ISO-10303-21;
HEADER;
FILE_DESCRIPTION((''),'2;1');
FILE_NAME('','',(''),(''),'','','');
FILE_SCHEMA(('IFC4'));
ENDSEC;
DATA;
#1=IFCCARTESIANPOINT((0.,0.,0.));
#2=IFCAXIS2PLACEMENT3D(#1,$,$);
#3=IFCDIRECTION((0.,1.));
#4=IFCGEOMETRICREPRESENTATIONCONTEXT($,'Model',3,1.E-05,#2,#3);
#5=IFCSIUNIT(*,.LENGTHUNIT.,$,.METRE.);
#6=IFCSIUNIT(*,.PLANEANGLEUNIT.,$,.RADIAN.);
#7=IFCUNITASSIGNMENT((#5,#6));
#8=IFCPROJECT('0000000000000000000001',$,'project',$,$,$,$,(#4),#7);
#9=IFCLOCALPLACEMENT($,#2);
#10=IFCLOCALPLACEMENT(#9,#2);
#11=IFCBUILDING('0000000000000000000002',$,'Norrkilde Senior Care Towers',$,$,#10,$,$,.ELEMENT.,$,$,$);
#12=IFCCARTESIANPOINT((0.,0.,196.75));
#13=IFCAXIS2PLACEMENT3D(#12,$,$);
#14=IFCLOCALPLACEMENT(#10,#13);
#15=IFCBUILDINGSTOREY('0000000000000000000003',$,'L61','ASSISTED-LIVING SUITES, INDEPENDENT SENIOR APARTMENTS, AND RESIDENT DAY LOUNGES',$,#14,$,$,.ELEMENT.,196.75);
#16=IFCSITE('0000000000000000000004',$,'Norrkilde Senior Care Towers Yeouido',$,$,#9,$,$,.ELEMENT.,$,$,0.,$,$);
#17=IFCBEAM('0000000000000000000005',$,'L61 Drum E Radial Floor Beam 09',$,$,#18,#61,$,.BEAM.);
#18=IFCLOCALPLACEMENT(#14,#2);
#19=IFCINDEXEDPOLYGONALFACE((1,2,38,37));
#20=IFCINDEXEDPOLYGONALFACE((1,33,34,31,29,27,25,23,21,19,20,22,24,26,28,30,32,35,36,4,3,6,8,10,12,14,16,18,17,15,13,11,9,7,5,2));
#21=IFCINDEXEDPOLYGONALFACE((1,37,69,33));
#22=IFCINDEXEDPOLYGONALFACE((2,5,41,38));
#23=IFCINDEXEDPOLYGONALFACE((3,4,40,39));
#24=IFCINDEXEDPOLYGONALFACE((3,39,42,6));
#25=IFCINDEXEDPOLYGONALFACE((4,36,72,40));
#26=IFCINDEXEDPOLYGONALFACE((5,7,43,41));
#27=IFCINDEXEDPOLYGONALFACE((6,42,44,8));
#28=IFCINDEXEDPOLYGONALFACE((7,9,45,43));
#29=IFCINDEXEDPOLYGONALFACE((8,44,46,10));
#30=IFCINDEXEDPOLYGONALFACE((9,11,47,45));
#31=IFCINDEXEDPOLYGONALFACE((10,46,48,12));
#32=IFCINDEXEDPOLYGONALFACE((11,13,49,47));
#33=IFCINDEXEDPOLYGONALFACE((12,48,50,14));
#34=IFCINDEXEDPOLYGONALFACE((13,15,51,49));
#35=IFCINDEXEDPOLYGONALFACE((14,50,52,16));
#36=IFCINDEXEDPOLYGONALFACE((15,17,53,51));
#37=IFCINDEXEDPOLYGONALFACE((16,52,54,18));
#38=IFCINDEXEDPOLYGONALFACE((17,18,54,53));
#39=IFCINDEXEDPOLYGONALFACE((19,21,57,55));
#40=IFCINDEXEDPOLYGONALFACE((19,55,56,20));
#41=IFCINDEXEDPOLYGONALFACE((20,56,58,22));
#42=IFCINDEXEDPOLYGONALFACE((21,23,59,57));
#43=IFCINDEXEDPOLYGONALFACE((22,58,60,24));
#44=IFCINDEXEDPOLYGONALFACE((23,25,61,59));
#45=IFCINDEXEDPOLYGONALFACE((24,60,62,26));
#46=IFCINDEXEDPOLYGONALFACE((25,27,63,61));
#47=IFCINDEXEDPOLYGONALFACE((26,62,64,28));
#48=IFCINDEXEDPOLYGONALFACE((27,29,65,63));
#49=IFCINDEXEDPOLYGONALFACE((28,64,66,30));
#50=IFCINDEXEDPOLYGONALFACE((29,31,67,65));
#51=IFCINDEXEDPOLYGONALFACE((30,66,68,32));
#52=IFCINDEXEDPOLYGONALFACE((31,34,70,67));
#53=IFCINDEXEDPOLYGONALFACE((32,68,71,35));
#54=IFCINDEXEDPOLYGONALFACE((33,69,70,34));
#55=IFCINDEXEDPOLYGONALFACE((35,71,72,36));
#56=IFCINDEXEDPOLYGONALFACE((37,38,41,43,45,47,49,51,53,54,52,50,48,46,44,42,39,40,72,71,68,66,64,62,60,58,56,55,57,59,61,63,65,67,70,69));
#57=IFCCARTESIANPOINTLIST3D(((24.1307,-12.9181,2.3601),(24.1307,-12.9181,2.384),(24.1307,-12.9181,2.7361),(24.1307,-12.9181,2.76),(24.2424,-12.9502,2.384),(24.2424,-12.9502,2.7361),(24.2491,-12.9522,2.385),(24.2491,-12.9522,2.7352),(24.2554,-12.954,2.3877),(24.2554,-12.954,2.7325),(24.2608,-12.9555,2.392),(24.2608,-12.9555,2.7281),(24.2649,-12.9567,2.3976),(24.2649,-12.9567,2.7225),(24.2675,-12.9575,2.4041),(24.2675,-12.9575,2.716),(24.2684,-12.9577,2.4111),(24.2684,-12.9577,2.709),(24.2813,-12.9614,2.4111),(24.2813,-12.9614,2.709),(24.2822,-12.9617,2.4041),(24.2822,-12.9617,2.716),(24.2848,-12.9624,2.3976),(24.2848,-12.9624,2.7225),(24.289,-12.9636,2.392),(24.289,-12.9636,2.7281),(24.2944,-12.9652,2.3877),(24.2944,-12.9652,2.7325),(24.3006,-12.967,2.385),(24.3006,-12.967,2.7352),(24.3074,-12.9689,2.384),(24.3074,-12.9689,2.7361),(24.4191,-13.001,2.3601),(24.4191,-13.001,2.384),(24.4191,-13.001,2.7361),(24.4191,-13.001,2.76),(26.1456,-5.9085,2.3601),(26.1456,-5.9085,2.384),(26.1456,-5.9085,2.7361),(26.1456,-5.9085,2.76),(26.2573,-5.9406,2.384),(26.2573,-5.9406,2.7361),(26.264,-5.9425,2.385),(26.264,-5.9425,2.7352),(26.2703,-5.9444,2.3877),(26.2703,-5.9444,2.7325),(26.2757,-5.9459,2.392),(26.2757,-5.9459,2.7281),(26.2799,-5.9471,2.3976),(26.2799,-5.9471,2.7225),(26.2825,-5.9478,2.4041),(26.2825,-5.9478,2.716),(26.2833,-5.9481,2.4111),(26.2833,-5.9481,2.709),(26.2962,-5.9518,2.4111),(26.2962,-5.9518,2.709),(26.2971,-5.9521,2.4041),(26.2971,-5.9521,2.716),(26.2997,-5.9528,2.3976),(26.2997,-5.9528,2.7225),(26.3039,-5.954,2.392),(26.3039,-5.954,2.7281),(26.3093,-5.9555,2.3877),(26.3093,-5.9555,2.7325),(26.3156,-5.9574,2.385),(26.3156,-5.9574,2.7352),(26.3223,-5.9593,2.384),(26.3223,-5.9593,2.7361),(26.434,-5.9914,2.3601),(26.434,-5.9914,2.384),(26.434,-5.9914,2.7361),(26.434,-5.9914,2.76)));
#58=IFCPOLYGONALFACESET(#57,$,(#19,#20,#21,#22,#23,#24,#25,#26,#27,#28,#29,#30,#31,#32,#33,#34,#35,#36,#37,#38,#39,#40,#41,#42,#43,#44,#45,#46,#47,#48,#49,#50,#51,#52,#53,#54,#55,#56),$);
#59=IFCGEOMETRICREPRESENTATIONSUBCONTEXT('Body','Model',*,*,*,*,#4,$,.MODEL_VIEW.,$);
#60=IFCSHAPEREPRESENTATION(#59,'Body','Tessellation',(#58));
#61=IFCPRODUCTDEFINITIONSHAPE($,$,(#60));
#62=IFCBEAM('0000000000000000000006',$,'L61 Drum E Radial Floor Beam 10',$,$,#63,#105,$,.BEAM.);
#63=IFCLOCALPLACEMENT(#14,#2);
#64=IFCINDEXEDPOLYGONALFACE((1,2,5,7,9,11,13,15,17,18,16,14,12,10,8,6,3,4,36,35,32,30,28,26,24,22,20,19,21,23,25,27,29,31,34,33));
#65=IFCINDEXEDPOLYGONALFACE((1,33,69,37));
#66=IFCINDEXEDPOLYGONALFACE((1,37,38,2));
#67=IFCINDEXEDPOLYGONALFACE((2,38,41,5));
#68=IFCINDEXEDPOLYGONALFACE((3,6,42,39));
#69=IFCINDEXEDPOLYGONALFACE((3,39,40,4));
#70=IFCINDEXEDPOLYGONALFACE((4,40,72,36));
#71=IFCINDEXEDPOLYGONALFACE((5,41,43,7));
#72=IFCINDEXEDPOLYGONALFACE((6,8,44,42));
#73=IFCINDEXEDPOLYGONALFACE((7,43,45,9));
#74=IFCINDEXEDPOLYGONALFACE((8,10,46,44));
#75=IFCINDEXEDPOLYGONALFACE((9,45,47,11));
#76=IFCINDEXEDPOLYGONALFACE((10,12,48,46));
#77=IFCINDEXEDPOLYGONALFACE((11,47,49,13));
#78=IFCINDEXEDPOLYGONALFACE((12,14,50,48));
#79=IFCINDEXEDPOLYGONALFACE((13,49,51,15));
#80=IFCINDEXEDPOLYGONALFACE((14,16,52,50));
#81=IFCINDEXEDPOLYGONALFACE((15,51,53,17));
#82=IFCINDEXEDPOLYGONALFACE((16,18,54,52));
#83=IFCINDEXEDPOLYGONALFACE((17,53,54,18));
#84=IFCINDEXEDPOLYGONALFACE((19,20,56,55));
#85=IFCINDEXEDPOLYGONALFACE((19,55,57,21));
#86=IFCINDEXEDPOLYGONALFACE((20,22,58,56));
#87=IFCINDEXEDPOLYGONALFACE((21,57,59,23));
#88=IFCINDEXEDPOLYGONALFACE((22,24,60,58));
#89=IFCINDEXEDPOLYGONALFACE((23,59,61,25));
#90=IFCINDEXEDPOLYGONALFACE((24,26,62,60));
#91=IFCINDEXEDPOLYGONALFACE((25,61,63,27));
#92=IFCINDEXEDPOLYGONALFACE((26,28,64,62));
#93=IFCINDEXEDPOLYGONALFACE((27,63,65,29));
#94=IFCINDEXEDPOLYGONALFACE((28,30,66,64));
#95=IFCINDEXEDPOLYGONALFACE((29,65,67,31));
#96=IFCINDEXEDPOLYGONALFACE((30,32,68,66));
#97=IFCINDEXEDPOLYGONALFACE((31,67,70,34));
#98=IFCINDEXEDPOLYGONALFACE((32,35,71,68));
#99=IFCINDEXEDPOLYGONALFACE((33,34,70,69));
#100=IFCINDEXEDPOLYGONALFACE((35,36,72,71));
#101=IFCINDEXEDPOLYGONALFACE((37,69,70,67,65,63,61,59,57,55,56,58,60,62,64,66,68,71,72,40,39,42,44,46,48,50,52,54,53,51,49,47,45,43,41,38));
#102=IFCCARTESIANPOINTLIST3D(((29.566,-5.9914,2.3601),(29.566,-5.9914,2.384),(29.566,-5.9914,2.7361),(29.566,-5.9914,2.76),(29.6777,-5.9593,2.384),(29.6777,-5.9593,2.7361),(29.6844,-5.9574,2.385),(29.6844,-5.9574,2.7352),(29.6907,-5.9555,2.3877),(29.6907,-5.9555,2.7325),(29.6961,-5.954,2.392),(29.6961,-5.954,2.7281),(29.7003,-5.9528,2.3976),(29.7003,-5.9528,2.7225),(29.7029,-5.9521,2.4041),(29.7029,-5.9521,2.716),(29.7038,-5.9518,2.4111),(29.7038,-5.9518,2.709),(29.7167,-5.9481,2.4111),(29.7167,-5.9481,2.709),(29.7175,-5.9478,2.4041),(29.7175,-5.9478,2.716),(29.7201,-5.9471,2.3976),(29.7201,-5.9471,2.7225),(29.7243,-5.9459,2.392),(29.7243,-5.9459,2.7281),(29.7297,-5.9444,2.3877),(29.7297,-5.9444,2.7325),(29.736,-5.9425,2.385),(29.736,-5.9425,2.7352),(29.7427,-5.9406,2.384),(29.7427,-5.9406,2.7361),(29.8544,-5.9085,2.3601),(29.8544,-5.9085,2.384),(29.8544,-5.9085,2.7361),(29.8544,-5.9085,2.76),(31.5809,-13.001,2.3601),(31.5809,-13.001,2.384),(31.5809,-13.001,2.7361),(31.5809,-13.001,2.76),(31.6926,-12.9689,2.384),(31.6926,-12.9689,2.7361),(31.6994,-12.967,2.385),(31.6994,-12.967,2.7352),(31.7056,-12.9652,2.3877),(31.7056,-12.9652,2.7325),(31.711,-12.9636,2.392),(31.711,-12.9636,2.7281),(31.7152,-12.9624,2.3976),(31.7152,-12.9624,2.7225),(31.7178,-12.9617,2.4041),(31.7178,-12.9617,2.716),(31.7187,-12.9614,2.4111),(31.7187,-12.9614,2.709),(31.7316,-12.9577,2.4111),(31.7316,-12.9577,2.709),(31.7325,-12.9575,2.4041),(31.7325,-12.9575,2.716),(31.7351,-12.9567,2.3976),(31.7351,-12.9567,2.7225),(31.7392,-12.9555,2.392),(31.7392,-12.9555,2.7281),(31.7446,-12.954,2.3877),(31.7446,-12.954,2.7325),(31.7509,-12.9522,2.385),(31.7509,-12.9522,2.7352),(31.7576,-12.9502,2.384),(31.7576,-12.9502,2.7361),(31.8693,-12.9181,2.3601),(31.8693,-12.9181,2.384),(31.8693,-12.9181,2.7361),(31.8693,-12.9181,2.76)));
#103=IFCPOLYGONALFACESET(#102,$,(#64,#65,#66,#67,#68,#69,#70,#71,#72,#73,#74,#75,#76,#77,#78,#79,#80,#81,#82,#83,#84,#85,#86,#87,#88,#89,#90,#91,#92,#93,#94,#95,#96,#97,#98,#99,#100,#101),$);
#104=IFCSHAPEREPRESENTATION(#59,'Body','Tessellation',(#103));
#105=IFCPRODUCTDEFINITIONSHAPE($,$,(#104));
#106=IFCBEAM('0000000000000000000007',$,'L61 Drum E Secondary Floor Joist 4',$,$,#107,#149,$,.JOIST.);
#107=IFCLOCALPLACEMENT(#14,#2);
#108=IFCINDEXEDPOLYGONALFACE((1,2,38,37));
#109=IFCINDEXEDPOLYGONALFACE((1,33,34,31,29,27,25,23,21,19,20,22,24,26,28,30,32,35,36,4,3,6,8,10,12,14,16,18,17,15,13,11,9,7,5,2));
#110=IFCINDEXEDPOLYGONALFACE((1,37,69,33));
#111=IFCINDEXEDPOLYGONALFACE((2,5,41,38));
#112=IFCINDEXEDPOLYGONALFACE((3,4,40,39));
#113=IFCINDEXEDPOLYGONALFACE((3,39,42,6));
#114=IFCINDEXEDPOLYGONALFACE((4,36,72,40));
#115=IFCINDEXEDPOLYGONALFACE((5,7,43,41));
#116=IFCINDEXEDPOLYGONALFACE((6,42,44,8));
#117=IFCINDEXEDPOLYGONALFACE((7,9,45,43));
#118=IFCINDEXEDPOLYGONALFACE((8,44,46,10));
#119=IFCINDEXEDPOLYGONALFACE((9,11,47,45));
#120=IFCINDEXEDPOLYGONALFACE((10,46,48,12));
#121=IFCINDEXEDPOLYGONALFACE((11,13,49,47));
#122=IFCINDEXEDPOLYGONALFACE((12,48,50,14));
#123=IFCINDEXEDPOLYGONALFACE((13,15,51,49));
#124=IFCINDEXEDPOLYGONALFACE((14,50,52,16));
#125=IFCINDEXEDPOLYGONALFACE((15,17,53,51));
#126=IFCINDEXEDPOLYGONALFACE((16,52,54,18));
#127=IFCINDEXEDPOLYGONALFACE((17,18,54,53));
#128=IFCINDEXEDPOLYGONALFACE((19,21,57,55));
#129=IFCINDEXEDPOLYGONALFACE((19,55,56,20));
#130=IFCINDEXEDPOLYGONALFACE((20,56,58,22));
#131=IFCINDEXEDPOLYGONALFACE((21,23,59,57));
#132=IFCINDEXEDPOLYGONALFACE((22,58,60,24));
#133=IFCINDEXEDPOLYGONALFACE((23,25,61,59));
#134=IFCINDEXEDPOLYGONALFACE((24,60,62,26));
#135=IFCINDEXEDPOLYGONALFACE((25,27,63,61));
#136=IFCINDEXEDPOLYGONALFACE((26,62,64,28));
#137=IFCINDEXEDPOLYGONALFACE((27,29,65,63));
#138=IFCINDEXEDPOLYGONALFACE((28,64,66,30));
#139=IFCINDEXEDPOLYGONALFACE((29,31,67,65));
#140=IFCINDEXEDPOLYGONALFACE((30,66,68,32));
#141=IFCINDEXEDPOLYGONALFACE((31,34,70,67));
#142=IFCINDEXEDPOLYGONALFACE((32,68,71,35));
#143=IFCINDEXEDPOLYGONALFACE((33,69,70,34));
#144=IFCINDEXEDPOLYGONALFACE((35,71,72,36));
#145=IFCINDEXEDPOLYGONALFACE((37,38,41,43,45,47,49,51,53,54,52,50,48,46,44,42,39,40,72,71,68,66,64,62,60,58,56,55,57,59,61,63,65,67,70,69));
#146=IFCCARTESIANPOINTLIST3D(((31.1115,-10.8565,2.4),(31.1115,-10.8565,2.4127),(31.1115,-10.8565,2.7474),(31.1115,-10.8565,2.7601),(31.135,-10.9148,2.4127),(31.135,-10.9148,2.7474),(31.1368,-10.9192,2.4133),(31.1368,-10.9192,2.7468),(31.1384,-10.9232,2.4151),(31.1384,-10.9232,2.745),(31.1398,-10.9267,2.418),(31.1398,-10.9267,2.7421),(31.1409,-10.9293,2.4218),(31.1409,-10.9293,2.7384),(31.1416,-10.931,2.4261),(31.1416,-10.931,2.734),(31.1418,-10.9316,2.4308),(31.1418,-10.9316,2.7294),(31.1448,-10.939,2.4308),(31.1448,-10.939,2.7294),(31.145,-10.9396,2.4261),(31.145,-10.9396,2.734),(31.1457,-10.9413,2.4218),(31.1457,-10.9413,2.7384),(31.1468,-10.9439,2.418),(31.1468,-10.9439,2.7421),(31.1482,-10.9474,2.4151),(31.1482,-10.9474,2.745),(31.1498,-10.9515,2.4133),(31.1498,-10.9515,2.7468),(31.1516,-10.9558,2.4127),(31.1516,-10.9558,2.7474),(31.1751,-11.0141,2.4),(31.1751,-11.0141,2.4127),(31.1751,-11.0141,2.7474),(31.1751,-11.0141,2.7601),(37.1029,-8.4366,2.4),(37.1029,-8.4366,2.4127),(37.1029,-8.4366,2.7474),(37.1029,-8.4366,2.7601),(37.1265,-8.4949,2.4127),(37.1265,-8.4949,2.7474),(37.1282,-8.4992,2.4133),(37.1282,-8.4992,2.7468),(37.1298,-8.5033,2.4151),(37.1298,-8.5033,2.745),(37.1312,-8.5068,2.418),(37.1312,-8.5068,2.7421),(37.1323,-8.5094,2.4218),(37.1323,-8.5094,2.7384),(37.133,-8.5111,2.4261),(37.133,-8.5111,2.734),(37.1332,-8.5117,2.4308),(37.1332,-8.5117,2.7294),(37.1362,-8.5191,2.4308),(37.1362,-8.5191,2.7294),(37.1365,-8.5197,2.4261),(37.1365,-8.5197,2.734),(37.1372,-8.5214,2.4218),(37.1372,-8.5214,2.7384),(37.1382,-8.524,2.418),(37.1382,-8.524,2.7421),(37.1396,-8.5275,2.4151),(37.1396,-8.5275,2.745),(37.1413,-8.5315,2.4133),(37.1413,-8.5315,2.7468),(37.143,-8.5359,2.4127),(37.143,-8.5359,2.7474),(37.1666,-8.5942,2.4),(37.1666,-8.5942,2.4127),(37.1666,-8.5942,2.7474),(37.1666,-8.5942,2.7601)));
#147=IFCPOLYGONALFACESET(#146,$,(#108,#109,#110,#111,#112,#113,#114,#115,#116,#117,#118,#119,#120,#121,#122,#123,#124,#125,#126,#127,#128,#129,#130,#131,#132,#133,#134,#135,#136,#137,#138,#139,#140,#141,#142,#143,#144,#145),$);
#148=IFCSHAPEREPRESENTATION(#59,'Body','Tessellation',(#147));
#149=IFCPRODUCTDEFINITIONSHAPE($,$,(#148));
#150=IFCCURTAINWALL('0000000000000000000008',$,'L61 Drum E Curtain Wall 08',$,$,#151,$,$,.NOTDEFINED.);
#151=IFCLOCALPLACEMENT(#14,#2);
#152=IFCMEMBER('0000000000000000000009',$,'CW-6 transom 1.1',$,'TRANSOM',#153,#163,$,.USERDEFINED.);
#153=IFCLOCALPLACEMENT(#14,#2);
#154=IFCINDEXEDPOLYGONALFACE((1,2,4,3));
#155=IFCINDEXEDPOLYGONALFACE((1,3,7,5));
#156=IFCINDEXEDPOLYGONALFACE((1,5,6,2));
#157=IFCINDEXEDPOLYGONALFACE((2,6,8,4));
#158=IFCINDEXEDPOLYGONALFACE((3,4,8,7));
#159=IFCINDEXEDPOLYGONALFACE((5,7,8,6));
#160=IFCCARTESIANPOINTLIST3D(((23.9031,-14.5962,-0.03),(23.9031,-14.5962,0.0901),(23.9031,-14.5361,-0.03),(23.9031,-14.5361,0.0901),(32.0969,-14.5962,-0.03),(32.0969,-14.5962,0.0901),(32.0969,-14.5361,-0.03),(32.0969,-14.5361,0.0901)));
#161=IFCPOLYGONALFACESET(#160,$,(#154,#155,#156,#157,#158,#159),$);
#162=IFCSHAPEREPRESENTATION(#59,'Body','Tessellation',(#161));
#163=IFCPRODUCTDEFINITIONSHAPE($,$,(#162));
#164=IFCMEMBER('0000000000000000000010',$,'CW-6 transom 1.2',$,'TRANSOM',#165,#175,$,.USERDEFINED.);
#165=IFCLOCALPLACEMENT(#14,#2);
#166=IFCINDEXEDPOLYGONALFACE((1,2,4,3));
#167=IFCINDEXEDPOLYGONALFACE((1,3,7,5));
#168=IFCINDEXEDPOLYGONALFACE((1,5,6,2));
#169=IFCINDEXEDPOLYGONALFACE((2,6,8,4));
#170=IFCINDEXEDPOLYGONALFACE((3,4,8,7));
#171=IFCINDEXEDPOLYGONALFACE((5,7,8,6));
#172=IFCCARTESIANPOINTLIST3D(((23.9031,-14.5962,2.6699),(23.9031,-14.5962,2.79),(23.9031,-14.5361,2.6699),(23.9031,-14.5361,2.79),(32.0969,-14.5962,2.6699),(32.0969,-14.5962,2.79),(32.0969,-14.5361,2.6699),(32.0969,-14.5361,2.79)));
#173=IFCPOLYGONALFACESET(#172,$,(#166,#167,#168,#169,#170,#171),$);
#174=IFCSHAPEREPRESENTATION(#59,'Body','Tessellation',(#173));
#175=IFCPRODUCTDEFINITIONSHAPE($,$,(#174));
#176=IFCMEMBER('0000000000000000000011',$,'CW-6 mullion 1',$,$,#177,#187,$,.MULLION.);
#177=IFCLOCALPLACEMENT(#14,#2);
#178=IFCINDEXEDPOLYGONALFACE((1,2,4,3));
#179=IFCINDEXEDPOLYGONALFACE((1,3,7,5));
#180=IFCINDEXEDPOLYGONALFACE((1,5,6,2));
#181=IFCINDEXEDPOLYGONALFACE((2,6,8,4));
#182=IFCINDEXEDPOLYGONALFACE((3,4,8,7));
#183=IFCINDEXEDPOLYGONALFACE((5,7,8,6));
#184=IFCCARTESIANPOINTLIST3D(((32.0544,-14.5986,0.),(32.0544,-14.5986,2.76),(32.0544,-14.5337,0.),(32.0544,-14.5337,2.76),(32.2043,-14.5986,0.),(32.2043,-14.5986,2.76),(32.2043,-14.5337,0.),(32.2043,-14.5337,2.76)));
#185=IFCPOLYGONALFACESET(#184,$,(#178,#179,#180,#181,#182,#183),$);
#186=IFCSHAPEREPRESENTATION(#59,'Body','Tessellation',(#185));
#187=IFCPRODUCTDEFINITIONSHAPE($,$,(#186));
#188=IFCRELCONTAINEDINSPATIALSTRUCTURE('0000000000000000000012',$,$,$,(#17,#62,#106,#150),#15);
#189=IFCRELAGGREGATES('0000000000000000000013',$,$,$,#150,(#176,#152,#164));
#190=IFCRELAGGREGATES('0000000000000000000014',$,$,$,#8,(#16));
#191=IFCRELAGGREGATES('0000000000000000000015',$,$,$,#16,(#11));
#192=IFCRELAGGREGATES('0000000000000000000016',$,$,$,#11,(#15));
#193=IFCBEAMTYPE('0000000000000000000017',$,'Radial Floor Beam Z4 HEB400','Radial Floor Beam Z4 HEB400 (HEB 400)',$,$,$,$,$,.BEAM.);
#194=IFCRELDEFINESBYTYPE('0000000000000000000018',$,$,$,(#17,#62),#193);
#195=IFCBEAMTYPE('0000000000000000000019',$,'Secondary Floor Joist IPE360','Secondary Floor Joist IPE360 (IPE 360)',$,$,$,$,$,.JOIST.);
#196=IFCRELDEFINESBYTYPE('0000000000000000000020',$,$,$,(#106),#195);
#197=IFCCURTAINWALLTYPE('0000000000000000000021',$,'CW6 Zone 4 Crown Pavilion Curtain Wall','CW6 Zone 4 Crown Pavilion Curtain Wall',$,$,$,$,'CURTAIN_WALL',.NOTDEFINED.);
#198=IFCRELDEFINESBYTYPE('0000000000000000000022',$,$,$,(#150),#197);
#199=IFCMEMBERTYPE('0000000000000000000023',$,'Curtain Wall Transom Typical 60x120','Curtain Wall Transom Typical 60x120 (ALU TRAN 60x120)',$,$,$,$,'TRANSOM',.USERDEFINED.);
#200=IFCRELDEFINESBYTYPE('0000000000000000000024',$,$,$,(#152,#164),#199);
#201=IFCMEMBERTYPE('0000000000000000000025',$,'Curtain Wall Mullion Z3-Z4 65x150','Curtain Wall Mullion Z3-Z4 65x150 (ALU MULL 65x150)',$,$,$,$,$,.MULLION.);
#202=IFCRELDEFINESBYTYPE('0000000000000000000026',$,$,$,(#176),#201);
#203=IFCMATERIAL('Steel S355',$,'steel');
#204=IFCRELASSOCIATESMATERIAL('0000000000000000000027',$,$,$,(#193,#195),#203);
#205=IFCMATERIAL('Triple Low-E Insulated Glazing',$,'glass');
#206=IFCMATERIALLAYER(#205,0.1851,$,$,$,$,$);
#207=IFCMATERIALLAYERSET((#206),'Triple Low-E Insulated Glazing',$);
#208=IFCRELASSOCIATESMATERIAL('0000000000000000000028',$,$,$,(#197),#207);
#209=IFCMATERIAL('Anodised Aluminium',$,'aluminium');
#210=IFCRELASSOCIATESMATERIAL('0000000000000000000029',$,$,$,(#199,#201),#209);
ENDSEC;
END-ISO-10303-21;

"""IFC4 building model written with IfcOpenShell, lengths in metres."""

from ifc_helpers import new_model, si_unit, direction, frame, origin, origin_2d, place, context, subcontext, project, spatial, rectangle, i_section, extrude, source, transform, mapped, material, layer, layer_set, material_profile, profile_set, type_object, type_shapes, element, aggregate, save


model = new_model("IFC4")

# Units and contexts
model_context = context("Model", 3, precision=1e-05, world=origin(), true_north=direction((0.0, 1.0)))
body_context = subcontext(model_context, "Body", "Model", "MODEL_VIEW")
ifc_project = project(units=[si_unit("LENGTHUNIT", "METRE"), si_unit("PLANEANGLEUNIT", "RADIAN")], contexts=[model_context])

# Site, building, storey
site_placement = place(None, origin())
site = spatial("IfcSite", under=ifc_project, at=site_placement, Name="Norrkilde Senior Care Towers Yeouido", CompositionType="ELEMENT", RefElevation=0.0)
building_placement = place(site_placement, origin())
building = spatial("IfcBuilding", under=site, at=building_placement, Name="Norrkilde Senior Care Towers", CompositionType="ELEMENT")
storey_placement = place(building_placement, frame((0.0, 0.0, 196.75)))
storey = spatial("IfcBuildingStorey", under=building, at=storey_placement, Name="L61", Description="ASSISTED-LIVING SUITES, INDEPENDENT SENIOR APARTMENTS, AND RESIDENT DAY LOUNGES", CompositionType="ELEMENT", Elevation=196.75)

# Beams
ifc_material_1 = material(Name="Steel S355", Category="steel")
ifc_material_profile_1 = material_profile(ifc_material_1, i_section(OverallWidth=0.3, OverallDepth=0.3999, WebThickness=0.0134, FlangeThickness=0.0239, FilletRadius=0.0271, at=origin_2d()), Name="HEB 400")
ifc_profile_set_1 = profile_set([ifc_material_profile_1], Name="Steel S355")
beam_type_1 = type_object("IfcBeamType", Name="Radial Floor Beam Z4 HEB400", Description="Radial Floor Beam Z4 HEB400 (HEB 400)", PredefinedType="BEAM", material=ifc_profile_set_1)
shared_shape_1 = source(origin(), body_context, "Body", "SweptSolid", [
    extrude(i_section(OverallWidth=0.3, OverallDepth=0.3999, WebThickness=0.0134, FlangeThickness=0.0239, FilletRadius=0.0271, at=origin_2d()), origin(), (0.0, 0.0, 1.0), 7.2935),
])
type_shapes(beam_type_1, [shared_shape_1])
for number, where, z_axis, x_axis, name in (
    (1, (26.2898, -5.95, 2.5601), (-0.276264, -0.961082, 0.0), (0.961082, -0.276264, 0.0), "L61 Drum E Radial Floor Beam 09"),
    (2, (29.7102, -5.95, 2.5601), (0.276264, -0.961082, 0.0), (0.961082, 0.276264, 0.0), "L61 Drum E Radial Floor Beam 10"),
):
    element("IfcBeam", number, at=place(storey_placement, frame(where, z_axis=z_axis, x_axis=x_axis)), inside=storey, type_object=beam_type_1, Name=name, PredefinedType="BEAM", context=body_context, shape_type="MappedRepresentation", body=[
        mapped(shared_shape_1, transform((0.0, 0.0, 0.0), x_axis=(1.0, 0.0, 0.0), y_axis=(0.0, 1.0, 0.0), z_axis=(0.0, 0.0, 1.0), scale=1.0)),
    ])
ifc_material_profile_2 = material_profile(ifc_material_1, i_section(OverallWidth=0.1699, OverallDepth=0.3601, WebThickness=0.0081, FlangeThickness=0.0127, FilletRadius=0.0181, at=origin_2d()), Name="IPE 360")
ifc_profile_set_2 = profile_set([ifc_material_profile_2], Name="Steel S355")
beam_type_2 = type_object("IfcBeamType", Name="Secondary Floor Joist IPE360", Description="Secondary Floor Joist IPE360 (IPE 360)", PredefinedType="JOIST", material=ifc_profile_set_2)
shared_shape_2 = source(origin(), body_context, "Body", "SweptSolid", [
    extrude(i_section(OverallWidth=0.1699, OverallDepth=0.3601, WebThickness=0.0081, FlangeThickness=0.0127, FilletRadius=0.0181, at=origin_2d()), origin(), (0.0, 0.0, 1.0), 6.4617),
])
type_shapes(beam_type_2, [shared_shape_2])
beam_1_placement = place(storey_placement, frame((31.1433, -10.9353, 2.5801), z_axis=(0.927226, 0.374502, 0.0), x_axis=(-0.374502, 0.927226, 0.0)))
element("IfcBeam", 3, at=beam_1_placement, inside=storey, type_object=beam_type_2, Name="L61 Drum E Secondary Floor Joist 4", PredefinedType="JOIST", context=body_context, shape_type="MappedRepresentation", body=[
    mapped(shared_shape_2, transform((0.0, 0.0, 0.0), x_axis=(1.0, 0.0, 0.0), y_axis=(0.0, 1.0, 0.0), z_axis=(0.0, 0.0, 1.0), scale=1.0)),
])

# Curtain wall, members
ifc_material_2 = material(Name="Triple Low-E Insulated Glazing", Category="glass")
ifc_layer_1 = layer(ifc_material_2, 0.1851)
ifc_layer_set_1 = layer_set([ifc_layer_1], Name="Triple Low-E Insulated Glazing")
curtain_wall_type = type_object("IfcCurtainWallType", Name="CW6 Zone 4 Crown Pavilion Curtain Wall", Description="CW6 Zone 4 Crown Pavilion Curtain Wall", ElementType="CURTAIN_WALL", PredefinedType="NOTDEFINED", material=ifc_layer_set_1)
curtain_wall_1_placement = place(storey_placement, origin())
curtain_wall_1 = element("IfcCurtainWall", 4, at=curtain_wall_1_placement, inside=storey, type_object=curtain_wall_type, Name="L61 Drum E Curtain Wall 08", PredefinedType="NOTDEFINED")
ifc_material_3 = material(Name="Anodised Aluminium", Category="aluminium")
ifc_material_profile_3 = material_profile(ifc_material_3, rectangle(XDim=0.0601, YDim=0.1201, at=origin_2d()), Name="ALU TRAN 60x120")
ifc_profile_set_3 = profile_set([ifc_material_profile_3], Name="Anodised Aluminium")
member_type_1 = type_object("IfcMemberType", Name="Curtain Wall Transom Typical 60x120", Description="Curtain Wall Transom Typical 60x120 (ALU TRAN 60x120)", ElementType="TRANSOM", PredefinedType="USERDEFINED", material=ifc_profile_set_3)
shared_shape_3 = source(origin(), body_context, "Body", "SweptSolid", [
    extrude(rectangle(XDim=0.0601, YDim=0.1201, at=origin_2d()), origin(), (0.0, 0.0, 1.0), 8.1938),
])
type_shapes(member_type_1, [shared_shape_3])
member_1_placement = place(storey_placement, frame((32.0969, -14.5662, 0.03), z_axis=(-1.0, 0.0, 0.0), x_axis=(0.0, -1.0, 0.0)))
member_1 = element("IfcMember", 5, at=member_1_placement, type_object=member_type_1, Name="CW-6 transom 1.1", ObjectType="TRANSOM", PredefinedType="USERDEFINED", context=body_context, shape_type="MappedRepresentation", body=[
    mapped(shared_shape_3, transform((0.0, 0.0, 0.0), x_axis=(1.0, 0.0, 0.0), y_axis=(0.0, 1.0, 0.0), z_axis=(0.0, 0.0, 1.0), scale=1.0)),
])
member_2_placement = place(storey_placement, frame((32.0969, -14.5662, 2.73), z_axis=(-1.0, 0.0, 0.0), x_axis=(0.0, -1.0, 0.0)))
member_2 = element("IfcMember", 6, at=member_2_placement, type_object=member_type_1, Name="CW-6 transom 1.2", ObjectType="TRANSOM", PredefinedType="USERDEFINED", context=body_context, shape_type="MappedRepresentation", body=[
    mapped(shared_shape_3, transform((0.0, 0.0, 0.0), x_axis=(1.0, 0.0, 0.0), y_axis=(0.0, 1.0, 0.0), z_axis=(0.0, 0.0, 1.0), scale=1.0)),
])
ifc_material_profile_4 = material_profile(ifc_material_3, rectangle(XDim=0.0649, YDim=0.1499, at=origin_2d()), Name="ALU MULL 65x150")
ifc_profile_set_4 = profile_set([ifc_material_profile_4], Name="Anodised Aluminium")
member_type_2 = type_object("IfcMemberType", Name="Curtain Wall Mullion Z3-Z4 65x150", Description="Curtain Wall Mullion Z3-Z4 65x150 (ALU MULL 65x150)", PredefinedType="MULLION", material=ifc_profile_set_4)
shared_shape_4 = source(origin(), body_context, "Body", "SweptSolid", [
    extrude(rectangle(XDim=0.0649, YDim=0.1499, at=origin_2d()), origin(), (0.0, 0.0, 1.0), 2.76),
])
type_shapes(member_type_2, [shared_shape_4])
member_3_placement = place(storey_placement, frame((32.1294, -14.5662, 0.0), z_axis=(0.0, 0.0, 1.0), x_axis=(0.0, -1.0, 0.0)))
member_3 = element("IfcMember", 7, at=member_3_placement, type_object=member_type_2, Name="CW-6 mullion 1", PredefinedType="MULLION", context=body_context, shape_type="MappedRepresentation", body=[
    mapped(shared_shape_4, transform((0.0, 0.0, 0.0), x_axis=(1.0, 0.0, 0.0), y_axis=(0.0, 1.0, 0.0), z_axis=(0.0, 0.0, 1.0), scale=1.0)),
])

aggregate(curtain_wall_1, [member_3, member_1, member_2])

save(model, "model.ifc")
